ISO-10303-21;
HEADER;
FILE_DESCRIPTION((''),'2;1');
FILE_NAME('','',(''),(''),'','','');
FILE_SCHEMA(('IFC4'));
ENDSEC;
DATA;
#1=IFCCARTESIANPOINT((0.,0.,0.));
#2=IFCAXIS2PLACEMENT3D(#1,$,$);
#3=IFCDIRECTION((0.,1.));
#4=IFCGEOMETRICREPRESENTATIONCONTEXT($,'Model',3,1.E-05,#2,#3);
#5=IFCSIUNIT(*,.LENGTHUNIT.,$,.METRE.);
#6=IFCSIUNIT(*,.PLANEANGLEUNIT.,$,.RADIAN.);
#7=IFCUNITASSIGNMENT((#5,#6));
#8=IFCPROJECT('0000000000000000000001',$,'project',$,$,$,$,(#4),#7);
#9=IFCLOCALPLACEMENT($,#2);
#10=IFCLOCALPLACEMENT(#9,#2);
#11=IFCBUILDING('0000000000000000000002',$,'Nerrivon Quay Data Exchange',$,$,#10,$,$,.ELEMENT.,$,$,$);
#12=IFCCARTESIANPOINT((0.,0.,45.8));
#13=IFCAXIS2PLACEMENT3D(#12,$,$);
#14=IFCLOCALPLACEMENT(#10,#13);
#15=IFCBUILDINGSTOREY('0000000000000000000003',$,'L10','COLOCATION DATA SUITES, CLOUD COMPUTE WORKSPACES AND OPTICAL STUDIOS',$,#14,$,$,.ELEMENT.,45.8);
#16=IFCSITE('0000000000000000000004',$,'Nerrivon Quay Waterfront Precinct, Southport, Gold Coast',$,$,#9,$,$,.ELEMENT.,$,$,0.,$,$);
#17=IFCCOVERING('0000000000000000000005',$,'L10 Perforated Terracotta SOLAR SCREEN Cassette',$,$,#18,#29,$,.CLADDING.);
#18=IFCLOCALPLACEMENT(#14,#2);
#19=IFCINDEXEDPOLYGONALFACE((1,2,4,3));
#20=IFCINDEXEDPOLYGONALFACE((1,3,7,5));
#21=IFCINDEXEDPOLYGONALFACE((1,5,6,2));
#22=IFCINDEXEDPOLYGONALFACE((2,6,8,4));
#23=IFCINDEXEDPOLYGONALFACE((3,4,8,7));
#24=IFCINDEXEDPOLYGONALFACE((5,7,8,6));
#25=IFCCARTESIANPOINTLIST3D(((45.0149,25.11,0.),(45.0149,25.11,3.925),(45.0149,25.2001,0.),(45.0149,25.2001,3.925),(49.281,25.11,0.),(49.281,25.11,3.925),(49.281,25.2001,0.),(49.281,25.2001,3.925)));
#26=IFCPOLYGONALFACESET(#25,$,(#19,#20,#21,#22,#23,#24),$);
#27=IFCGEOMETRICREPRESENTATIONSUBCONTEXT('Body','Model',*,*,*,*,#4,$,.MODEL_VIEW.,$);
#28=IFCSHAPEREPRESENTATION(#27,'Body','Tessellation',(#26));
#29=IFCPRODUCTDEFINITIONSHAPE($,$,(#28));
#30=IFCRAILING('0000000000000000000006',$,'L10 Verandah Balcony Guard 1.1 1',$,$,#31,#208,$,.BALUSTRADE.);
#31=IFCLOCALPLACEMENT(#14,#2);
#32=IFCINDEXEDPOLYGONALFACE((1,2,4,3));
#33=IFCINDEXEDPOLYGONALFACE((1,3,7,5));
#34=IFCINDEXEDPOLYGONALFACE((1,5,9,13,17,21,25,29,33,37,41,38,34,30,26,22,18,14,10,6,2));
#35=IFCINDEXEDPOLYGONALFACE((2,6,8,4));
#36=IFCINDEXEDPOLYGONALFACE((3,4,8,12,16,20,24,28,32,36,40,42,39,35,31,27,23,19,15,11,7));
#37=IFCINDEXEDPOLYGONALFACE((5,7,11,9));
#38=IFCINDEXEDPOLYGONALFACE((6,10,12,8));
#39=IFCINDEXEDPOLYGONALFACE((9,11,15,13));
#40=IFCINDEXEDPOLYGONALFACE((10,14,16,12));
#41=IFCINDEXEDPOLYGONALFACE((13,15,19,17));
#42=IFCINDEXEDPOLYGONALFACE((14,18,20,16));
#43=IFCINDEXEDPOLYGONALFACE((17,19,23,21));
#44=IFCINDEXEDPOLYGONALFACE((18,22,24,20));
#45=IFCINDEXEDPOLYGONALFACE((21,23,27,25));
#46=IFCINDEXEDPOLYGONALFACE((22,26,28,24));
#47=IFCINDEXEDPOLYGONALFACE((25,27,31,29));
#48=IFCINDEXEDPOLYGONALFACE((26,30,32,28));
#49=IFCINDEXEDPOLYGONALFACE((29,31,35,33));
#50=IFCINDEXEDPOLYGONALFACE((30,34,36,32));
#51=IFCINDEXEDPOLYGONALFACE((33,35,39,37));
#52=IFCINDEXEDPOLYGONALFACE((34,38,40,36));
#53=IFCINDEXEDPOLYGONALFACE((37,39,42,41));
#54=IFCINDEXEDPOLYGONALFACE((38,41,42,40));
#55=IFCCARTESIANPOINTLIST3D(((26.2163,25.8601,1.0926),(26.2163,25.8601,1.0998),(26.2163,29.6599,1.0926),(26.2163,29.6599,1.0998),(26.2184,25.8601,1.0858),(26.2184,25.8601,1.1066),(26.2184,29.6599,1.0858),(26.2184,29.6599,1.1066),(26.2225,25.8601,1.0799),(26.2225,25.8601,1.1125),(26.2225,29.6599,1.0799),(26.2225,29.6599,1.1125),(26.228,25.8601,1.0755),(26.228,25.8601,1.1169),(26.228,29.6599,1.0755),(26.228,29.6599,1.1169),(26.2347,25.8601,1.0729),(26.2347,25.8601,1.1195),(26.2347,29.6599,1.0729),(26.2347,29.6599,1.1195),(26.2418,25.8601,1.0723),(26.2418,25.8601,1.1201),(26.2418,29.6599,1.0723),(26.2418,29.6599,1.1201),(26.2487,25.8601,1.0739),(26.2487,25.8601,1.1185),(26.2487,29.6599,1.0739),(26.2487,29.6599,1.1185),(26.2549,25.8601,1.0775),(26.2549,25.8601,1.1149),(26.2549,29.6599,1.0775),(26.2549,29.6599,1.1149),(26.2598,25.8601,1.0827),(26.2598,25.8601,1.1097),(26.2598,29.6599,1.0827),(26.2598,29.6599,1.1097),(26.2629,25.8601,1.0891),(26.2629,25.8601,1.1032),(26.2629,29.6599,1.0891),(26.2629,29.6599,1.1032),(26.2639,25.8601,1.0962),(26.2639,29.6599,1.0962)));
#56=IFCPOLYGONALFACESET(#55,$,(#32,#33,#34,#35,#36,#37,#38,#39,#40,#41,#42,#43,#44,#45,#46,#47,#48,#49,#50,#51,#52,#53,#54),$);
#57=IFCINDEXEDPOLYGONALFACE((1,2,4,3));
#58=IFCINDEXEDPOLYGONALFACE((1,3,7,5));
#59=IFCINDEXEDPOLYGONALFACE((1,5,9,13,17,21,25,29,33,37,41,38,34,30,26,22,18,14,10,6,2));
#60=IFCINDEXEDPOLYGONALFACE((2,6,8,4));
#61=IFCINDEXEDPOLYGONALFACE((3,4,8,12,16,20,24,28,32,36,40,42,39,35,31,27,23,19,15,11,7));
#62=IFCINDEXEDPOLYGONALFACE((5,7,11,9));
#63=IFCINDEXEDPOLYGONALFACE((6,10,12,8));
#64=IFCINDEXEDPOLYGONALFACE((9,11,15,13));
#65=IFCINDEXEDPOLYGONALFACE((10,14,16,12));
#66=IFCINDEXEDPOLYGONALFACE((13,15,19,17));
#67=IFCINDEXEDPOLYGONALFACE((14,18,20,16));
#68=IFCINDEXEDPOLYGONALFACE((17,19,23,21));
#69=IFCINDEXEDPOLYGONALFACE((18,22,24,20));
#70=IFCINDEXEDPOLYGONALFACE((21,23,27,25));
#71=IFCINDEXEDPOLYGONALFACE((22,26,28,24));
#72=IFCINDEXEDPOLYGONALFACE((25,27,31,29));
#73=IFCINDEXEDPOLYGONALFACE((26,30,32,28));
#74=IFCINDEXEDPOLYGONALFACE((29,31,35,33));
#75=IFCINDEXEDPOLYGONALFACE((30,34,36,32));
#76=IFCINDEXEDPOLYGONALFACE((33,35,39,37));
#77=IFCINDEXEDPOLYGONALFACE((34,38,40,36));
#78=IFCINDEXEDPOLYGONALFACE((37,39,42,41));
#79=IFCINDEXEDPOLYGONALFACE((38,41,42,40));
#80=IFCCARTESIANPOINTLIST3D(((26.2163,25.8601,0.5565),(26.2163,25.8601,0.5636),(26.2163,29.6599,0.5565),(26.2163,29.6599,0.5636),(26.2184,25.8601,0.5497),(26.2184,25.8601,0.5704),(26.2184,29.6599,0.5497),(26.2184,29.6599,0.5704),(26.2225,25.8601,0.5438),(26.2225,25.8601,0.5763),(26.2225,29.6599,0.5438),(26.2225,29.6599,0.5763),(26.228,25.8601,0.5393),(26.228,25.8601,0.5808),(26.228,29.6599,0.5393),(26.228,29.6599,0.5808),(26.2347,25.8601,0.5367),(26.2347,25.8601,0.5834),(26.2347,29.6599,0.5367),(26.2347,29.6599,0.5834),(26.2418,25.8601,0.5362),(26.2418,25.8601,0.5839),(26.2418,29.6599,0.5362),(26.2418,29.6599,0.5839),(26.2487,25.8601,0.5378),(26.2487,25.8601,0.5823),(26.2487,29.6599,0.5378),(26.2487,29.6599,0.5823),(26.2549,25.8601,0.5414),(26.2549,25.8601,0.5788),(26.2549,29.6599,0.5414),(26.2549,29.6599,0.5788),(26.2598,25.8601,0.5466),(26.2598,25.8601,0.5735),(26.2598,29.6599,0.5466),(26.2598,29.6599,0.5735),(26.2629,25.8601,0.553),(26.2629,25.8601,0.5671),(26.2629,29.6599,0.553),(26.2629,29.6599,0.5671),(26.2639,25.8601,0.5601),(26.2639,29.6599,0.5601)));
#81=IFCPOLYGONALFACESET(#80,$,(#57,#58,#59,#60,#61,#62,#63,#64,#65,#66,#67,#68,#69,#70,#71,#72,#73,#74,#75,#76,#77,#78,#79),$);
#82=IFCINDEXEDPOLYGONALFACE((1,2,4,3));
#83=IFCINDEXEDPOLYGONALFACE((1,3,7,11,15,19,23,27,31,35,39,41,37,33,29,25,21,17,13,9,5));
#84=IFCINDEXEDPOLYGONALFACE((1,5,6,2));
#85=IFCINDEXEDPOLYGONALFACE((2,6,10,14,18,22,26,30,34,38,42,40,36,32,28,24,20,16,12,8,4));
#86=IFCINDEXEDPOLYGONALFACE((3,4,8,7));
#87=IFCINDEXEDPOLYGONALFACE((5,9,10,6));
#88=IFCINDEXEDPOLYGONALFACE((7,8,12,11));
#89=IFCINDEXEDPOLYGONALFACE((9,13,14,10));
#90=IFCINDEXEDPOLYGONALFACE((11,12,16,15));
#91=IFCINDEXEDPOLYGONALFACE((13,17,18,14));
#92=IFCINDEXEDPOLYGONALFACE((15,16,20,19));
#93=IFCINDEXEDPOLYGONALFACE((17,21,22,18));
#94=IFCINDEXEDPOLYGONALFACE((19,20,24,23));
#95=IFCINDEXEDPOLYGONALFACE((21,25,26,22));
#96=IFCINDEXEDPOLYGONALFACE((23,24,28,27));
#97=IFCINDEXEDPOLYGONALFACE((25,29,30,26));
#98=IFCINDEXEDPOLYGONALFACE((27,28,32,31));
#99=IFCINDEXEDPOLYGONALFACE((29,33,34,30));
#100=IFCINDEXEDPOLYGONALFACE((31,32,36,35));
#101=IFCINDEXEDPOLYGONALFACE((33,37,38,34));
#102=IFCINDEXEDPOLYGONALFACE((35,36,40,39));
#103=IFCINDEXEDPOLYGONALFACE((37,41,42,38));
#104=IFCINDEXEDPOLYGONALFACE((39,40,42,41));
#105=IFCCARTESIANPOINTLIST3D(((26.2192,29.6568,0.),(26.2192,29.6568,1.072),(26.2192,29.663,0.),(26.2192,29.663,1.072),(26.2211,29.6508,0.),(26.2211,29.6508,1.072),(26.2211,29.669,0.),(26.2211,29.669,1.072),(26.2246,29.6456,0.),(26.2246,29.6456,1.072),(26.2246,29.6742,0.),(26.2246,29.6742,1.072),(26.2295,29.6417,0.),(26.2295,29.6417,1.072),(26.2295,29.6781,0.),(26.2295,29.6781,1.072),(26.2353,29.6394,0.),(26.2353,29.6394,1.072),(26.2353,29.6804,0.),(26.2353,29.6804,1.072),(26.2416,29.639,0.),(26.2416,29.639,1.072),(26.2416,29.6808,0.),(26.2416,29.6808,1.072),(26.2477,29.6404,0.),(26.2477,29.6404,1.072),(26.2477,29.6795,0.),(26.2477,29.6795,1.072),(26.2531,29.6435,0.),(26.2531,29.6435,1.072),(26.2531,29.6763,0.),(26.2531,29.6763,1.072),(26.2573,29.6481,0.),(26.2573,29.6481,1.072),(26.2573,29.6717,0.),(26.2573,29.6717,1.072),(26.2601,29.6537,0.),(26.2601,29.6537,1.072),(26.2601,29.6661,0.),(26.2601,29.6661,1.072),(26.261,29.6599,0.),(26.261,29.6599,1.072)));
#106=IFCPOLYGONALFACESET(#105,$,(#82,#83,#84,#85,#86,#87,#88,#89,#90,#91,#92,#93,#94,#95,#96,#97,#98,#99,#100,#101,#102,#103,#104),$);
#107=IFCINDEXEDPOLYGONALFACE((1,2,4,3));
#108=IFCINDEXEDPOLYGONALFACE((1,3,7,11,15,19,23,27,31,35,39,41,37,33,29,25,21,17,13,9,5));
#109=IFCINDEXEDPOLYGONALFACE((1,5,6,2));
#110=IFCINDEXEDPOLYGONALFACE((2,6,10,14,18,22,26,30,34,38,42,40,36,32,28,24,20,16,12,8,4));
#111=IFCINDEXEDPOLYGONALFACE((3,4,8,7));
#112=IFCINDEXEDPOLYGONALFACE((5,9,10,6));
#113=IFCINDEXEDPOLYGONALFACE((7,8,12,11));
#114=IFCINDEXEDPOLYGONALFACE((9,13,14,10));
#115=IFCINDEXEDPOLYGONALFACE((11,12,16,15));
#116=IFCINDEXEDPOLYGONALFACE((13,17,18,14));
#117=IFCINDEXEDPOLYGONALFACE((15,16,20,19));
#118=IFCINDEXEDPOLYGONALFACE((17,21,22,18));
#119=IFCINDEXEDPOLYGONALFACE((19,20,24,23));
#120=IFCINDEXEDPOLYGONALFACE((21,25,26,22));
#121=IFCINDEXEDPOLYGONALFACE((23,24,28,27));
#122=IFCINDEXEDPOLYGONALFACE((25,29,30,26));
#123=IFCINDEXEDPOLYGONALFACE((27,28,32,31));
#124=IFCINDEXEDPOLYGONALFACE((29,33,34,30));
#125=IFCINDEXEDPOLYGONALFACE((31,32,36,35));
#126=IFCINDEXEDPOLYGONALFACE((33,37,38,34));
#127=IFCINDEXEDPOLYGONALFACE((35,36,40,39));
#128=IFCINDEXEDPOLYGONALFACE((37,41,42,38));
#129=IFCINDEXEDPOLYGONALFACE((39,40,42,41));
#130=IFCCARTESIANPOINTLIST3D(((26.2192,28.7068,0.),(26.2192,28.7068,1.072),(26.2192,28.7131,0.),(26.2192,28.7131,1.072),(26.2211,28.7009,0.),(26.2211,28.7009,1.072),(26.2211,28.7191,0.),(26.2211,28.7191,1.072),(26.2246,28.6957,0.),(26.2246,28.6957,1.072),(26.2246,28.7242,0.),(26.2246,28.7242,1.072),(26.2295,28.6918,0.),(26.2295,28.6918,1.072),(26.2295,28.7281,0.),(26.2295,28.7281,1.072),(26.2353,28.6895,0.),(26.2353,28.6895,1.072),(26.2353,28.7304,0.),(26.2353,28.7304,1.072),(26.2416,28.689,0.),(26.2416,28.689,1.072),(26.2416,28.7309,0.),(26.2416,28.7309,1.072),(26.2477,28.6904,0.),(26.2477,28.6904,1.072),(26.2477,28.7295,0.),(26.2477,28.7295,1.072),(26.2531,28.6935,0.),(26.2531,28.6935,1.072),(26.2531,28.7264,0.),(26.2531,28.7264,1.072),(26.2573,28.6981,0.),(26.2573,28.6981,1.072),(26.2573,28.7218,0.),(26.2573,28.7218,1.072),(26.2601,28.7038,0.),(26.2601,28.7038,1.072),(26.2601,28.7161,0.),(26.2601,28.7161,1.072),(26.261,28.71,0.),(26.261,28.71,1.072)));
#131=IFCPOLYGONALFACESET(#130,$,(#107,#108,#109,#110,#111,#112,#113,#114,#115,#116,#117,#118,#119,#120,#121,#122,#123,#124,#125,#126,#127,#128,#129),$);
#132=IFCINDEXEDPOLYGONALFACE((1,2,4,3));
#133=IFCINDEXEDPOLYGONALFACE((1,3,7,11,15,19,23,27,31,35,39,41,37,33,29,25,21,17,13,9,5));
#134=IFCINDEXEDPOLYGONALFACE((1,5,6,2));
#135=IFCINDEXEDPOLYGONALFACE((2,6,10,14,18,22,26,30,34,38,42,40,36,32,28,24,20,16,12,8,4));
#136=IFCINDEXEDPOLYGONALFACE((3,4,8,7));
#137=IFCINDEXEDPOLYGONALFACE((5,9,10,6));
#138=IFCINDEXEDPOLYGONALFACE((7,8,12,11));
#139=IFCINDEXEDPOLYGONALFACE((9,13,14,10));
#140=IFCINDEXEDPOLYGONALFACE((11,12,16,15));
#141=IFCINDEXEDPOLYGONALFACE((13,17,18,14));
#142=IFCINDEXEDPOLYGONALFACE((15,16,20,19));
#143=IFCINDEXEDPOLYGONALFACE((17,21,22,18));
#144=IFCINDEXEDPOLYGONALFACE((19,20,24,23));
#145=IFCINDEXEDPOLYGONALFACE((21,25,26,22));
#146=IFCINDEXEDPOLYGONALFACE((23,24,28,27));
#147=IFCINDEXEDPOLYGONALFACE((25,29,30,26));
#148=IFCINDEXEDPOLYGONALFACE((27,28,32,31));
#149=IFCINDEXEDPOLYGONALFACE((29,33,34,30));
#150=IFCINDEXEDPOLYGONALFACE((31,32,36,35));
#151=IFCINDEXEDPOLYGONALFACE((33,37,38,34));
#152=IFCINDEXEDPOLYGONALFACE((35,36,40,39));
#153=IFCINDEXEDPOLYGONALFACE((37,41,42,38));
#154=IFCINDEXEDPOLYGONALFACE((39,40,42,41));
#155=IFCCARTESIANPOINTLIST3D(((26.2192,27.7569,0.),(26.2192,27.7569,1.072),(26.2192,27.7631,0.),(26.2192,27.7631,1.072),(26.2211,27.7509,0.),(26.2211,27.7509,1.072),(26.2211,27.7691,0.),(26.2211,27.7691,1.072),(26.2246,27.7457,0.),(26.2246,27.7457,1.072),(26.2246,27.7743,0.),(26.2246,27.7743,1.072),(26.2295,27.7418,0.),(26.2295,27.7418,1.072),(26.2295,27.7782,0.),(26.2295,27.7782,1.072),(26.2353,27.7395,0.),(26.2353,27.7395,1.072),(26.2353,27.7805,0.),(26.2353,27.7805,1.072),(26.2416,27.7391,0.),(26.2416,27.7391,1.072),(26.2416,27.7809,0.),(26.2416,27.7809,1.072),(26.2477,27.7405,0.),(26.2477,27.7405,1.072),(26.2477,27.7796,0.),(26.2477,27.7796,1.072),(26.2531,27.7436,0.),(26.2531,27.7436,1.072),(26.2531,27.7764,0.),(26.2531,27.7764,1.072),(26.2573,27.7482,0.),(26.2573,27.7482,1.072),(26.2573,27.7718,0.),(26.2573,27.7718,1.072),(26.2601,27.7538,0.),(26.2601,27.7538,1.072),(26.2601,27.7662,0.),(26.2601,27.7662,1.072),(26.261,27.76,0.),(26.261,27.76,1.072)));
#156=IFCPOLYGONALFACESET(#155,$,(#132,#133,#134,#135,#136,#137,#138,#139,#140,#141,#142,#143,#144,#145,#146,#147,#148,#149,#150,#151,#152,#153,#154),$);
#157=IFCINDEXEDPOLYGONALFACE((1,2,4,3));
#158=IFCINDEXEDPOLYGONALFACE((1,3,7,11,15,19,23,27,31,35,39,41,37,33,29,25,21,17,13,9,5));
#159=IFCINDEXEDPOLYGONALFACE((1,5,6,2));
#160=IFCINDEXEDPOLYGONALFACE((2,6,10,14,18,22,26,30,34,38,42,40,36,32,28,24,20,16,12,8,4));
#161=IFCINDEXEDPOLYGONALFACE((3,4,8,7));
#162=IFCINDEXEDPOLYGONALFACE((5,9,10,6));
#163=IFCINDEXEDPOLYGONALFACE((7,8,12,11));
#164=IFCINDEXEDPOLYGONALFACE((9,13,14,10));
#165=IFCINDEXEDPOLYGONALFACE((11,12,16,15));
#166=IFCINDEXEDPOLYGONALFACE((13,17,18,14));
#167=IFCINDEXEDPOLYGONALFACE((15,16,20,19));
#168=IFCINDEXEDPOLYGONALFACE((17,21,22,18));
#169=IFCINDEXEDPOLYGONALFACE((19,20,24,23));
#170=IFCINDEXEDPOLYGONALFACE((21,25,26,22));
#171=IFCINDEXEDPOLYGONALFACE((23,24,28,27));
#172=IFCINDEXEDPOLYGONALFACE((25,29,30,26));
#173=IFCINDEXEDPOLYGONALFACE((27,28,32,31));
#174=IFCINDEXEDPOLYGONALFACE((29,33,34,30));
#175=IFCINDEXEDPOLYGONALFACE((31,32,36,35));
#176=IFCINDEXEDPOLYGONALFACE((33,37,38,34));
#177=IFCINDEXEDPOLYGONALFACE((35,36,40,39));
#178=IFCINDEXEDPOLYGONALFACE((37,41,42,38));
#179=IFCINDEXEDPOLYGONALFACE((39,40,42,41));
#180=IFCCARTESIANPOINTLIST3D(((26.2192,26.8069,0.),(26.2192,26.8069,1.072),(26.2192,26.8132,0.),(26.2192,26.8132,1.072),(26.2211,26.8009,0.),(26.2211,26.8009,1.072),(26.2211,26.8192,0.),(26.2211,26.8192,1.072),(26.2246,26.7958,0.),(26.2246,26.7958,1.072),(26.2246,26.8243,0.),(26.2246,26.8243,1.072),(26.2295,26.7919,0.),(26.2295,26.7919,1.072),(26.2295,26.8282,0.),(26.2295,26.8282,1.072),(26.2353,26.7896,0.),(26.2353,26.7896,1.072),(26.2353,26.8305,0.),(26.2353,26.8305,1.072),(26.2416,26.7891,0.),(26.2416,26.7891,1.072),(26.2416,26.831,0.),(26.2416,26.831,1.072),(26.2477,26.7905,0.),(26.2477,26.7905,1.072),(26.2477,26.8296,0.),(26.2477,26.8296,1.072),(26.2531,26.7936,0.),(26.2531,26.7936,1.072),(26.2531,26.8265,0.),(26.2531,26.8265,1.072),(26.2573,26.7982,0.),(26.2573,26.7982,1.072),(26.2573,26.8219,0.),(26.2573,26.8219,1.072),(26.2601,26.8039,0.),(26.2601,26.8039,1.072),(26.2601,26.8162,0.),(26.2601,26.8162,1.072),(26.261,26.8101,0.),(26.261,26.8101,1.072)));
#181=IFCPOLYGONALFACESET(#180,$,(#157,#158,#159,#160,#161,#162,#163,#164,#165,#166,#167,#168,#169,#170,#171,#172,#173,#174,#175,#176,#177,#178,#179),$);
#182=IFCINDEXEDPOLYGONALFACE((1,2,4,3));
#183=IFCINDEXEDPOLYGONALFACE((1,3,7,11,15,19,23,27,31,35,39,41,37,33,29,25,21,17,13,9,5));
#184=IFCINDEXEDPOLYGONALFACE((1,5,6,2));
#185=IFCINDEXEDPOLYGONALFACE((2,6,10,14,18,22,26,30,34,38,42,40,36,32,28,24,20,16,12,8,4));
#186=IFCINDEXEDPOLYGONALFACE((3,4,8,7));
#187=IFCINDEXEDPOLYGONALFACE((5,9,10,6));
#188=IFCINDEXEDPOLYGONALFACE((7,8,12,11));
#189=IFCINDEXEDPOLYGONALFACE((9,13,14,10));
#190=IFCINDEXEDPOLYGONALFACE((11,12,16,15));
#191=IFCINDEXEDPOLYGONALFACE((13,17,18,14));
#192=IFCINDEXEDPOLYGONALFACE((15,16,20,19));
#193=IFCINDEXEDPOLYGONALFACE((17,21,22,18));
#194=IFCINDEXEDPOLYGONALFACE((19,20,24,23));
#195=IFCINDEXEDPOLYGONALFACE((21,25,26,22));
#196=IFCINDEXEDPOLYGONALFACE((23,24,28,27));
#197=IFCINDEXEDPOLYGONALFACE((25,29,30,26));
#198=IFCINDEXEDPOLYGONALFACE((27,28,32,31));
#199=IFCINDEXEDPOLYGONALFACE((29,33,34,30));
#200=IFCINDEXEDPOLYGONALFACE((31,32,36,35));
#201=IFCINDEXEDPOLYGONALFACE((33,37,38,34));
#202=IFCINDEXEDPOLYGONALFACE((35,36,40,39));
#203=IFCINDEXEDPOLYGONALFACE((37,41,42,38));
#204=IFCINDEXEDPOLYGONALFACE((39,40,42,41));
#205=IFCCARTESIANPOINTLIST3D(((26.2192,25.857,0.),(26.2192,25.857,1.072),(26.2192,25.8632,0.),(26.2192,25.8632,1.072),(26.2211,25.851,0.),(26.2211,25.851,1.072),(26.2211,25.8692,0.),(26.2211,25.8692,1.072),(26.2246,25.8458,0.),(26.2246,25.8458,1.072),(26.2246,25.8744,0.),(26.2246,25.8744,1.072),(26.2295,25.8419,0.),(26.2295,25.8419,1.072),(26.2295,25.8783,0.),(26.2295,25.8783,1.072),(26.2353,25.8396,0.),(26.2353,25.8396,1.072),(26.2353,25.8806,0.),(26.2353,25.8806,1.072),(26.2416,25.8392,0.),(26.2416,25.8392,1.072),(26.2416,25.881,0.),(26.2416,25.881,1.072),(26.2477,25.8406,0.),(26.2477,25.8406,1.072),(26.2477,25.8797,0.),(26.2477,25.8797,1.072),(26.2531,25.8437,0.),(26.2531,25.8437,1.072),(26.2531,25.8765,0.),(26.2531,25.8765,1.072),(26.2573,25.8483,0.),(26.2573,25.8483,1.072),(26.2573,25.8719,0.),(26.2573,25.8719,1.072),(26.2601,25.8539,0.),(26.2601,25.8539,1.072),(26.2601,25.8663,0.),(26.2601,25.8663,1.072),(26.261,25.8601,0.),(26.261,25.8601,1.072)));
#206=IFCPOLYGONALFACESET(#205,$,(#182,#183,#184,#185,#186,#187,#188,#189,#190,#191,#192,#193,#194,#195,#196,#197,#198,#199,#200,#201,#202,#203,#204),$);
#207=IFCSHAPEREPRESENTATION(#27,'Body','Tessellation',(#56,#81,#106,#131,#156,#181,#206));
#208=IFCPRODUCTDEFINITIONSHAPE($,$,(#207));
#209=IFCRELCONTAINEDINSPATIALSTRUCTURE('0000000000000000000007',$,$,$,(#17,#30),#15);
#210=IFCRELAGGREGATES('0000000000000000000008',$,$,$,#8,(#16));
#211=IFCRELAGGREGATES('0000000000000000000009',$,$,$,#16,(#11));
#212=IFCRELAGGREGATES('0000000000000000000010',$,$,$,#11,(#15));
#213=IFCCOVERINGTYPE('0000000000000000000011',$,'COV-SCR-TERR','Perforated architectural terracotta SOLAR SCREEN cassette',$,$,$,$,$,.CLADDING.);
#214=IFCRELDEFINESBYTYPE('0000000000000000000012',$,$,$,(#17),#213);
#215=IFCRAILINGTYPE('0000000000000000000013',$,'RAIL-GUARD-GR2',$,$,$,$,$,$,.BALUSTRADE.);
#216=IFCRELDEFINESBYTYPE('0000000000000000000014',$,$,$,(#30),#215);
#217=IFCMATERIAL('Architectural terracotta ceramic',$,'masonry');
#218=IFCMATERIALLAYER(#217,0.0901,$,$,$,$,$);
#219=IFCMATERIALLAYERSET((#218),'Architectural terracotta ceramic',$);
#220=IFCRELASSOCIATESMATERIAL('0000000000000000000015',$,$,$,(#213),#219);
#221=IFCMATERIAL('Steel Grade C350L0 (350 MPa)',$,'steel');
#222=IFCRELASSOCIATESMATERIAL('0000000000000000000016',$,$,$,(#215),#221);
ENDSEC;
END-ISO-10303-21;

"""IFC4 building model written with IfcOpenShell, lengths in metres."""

from ifc_helpers import new_model, si_unit, direction, frame, origin, origin_2d, place, context, subcontext, project, spatial, rectangle, circle, extrude, material, layer, layer_set, type_object, element, save


model = new_model("IFC4")

# Units and contexts
model_context = context("Model", 3, precision=1e-05, world=origin(), true_north=direction((0.0, 1.0)))
body_context = subcontext(model_context, "Body", "Model", "MODEL_VIEW")
ifc_project = project(units=[si_unit("LENGTHUNIT", "METRE"), si_unit("PLANEANGLEUNIT", "RADIAN")], contexts=[model_context])

# Site, building, storey
site_placement = place(None, origin())
site = spatial("IfcSite", under=ifc_project, at=site_placement, Name="Nerrivon Quay Waterfront Precinct, Southport, Gold Coast", CompositionType="ELEMENT", RefElevation=0.0)
building_placement = place(site_placement, origin())
building = spatial("IfcBuilding", under=site, at=building_placement, Name="Nerrivon Quay Data Exchange", CompositionType="ELEMENT")
storey_placement = place(building_placement, frame((0.0, 0.0, 45.8)))
storey = spatial("IfcBuildingStorey", under=building, at=storey_placement, Name="L10", Description="COLOCATION DATA SUITES, CLOUD COMPUTE WORKSPACES AND OPTICAL STUDIOS", CompositionType="ELEMENT", Elevation=45.8)

# Covering
ifc_material_1 = material(Name="Architectural terracotta ceramic", Category="masonry")
ifc_layer_1 = layer(ifc_material_1, 0.0901)
ifc_layer_set_1 = layer_set([ifc_layer_1], Name="Architectural terracotta ceramic")
covering_type = type_object("IfcCoveringType", Name="COV-SCR-TERR", Description="Perforated architectural terracotta SOLAR SCREEN cassette", PredefinedType="CLADDING", material=ifc_layer_set_1)
covering_1_placement = place(storey_placement, frame((47.1479, 25.155, 0.0), z_axis=(0.0, 0.0, 1.0), x_axis=(1.0, 0.0, 0.0)))
element("IfcCovering", 1, at=covering_1_placement, inside=storey, type_object=covering_type, Name="L10 Perforated Terracotta SOLAR SCREEN Cassette", PredefinedType="CLADDING", context=body_context, shape_type="SweptSolid", body=[
    extrude(rectangle(XDim=4.2661, YDim=0.0901, at=origin_2d()), origin(), (0.0, 0.0, 1.0), 3.925),
])

# Railing
ifc_material_2 = material(Name="Steel Grade C350L0 (350 MPa)", Category="steel")
railing_type = type_object("IfcRailingType", Name="RAIL-GUARD-GR2", PredefinedType="BALUSTRADE", material=ifc_material_2)
railing_1_placement = place(storey_placement, frame((26.24, 29.6599, 0.0)))
element("IfcRailing", 2, at=railing_1_placement, inside=storey, type_object=railing_type, Name="L10 Verandah Balcony Guard 1.1 1", PredefinedType="BALUSTRADE", context=body_context, shape_type="SweptSolid", body=[
    extrude(circle(Radius=0.0239, at=origin_2d()), frame((0.0, 0.0, 1.0962), z_axis=(0.0, -1.0, 0.0), x_axis=(1.0, 0.0, 0.0)), (0.0, 0.0, 1.0), 3.7998),
    extrude(circle(Radius=0.0239, at=origin_2d()), frame((0.0, 0.0, 0.5601), z_axis=(0.0, -1.0, 0.0), x_axis=(1.0, 0.0, 0.0)), (0.0, 0.0, 1.0), 3.7998),
    extrude(circle(Radius=0.021, at=origin_2d()), origin(), (0.0, 0.0, 1.0), 1.072),
    extrude(circle(Radius=0.021, at=origin_2d()), frame((0.0, -0.95, 0.0)), (0.0, 0.0, 1.0), 1.072),
    extrude(circle(Radius=0.021, at=origin_2d()), frame((0.0, -1.8999, 0.0)), (0.0, 0.0, 1.0), 1.072),
    extrude(circle(Radius=0.021, at=origin_2d()), frame((0.0, -2.8499, 0.0)), (0.0, 0.0, 1.0), 1.072),
    extrude(circle(Radius=0.021, at=origin_2d()), frame((0.0, -3.7998, 0.0)), (0.0, 0.0, 1.0), 1.072),
])

save(model, "model.ifc")
